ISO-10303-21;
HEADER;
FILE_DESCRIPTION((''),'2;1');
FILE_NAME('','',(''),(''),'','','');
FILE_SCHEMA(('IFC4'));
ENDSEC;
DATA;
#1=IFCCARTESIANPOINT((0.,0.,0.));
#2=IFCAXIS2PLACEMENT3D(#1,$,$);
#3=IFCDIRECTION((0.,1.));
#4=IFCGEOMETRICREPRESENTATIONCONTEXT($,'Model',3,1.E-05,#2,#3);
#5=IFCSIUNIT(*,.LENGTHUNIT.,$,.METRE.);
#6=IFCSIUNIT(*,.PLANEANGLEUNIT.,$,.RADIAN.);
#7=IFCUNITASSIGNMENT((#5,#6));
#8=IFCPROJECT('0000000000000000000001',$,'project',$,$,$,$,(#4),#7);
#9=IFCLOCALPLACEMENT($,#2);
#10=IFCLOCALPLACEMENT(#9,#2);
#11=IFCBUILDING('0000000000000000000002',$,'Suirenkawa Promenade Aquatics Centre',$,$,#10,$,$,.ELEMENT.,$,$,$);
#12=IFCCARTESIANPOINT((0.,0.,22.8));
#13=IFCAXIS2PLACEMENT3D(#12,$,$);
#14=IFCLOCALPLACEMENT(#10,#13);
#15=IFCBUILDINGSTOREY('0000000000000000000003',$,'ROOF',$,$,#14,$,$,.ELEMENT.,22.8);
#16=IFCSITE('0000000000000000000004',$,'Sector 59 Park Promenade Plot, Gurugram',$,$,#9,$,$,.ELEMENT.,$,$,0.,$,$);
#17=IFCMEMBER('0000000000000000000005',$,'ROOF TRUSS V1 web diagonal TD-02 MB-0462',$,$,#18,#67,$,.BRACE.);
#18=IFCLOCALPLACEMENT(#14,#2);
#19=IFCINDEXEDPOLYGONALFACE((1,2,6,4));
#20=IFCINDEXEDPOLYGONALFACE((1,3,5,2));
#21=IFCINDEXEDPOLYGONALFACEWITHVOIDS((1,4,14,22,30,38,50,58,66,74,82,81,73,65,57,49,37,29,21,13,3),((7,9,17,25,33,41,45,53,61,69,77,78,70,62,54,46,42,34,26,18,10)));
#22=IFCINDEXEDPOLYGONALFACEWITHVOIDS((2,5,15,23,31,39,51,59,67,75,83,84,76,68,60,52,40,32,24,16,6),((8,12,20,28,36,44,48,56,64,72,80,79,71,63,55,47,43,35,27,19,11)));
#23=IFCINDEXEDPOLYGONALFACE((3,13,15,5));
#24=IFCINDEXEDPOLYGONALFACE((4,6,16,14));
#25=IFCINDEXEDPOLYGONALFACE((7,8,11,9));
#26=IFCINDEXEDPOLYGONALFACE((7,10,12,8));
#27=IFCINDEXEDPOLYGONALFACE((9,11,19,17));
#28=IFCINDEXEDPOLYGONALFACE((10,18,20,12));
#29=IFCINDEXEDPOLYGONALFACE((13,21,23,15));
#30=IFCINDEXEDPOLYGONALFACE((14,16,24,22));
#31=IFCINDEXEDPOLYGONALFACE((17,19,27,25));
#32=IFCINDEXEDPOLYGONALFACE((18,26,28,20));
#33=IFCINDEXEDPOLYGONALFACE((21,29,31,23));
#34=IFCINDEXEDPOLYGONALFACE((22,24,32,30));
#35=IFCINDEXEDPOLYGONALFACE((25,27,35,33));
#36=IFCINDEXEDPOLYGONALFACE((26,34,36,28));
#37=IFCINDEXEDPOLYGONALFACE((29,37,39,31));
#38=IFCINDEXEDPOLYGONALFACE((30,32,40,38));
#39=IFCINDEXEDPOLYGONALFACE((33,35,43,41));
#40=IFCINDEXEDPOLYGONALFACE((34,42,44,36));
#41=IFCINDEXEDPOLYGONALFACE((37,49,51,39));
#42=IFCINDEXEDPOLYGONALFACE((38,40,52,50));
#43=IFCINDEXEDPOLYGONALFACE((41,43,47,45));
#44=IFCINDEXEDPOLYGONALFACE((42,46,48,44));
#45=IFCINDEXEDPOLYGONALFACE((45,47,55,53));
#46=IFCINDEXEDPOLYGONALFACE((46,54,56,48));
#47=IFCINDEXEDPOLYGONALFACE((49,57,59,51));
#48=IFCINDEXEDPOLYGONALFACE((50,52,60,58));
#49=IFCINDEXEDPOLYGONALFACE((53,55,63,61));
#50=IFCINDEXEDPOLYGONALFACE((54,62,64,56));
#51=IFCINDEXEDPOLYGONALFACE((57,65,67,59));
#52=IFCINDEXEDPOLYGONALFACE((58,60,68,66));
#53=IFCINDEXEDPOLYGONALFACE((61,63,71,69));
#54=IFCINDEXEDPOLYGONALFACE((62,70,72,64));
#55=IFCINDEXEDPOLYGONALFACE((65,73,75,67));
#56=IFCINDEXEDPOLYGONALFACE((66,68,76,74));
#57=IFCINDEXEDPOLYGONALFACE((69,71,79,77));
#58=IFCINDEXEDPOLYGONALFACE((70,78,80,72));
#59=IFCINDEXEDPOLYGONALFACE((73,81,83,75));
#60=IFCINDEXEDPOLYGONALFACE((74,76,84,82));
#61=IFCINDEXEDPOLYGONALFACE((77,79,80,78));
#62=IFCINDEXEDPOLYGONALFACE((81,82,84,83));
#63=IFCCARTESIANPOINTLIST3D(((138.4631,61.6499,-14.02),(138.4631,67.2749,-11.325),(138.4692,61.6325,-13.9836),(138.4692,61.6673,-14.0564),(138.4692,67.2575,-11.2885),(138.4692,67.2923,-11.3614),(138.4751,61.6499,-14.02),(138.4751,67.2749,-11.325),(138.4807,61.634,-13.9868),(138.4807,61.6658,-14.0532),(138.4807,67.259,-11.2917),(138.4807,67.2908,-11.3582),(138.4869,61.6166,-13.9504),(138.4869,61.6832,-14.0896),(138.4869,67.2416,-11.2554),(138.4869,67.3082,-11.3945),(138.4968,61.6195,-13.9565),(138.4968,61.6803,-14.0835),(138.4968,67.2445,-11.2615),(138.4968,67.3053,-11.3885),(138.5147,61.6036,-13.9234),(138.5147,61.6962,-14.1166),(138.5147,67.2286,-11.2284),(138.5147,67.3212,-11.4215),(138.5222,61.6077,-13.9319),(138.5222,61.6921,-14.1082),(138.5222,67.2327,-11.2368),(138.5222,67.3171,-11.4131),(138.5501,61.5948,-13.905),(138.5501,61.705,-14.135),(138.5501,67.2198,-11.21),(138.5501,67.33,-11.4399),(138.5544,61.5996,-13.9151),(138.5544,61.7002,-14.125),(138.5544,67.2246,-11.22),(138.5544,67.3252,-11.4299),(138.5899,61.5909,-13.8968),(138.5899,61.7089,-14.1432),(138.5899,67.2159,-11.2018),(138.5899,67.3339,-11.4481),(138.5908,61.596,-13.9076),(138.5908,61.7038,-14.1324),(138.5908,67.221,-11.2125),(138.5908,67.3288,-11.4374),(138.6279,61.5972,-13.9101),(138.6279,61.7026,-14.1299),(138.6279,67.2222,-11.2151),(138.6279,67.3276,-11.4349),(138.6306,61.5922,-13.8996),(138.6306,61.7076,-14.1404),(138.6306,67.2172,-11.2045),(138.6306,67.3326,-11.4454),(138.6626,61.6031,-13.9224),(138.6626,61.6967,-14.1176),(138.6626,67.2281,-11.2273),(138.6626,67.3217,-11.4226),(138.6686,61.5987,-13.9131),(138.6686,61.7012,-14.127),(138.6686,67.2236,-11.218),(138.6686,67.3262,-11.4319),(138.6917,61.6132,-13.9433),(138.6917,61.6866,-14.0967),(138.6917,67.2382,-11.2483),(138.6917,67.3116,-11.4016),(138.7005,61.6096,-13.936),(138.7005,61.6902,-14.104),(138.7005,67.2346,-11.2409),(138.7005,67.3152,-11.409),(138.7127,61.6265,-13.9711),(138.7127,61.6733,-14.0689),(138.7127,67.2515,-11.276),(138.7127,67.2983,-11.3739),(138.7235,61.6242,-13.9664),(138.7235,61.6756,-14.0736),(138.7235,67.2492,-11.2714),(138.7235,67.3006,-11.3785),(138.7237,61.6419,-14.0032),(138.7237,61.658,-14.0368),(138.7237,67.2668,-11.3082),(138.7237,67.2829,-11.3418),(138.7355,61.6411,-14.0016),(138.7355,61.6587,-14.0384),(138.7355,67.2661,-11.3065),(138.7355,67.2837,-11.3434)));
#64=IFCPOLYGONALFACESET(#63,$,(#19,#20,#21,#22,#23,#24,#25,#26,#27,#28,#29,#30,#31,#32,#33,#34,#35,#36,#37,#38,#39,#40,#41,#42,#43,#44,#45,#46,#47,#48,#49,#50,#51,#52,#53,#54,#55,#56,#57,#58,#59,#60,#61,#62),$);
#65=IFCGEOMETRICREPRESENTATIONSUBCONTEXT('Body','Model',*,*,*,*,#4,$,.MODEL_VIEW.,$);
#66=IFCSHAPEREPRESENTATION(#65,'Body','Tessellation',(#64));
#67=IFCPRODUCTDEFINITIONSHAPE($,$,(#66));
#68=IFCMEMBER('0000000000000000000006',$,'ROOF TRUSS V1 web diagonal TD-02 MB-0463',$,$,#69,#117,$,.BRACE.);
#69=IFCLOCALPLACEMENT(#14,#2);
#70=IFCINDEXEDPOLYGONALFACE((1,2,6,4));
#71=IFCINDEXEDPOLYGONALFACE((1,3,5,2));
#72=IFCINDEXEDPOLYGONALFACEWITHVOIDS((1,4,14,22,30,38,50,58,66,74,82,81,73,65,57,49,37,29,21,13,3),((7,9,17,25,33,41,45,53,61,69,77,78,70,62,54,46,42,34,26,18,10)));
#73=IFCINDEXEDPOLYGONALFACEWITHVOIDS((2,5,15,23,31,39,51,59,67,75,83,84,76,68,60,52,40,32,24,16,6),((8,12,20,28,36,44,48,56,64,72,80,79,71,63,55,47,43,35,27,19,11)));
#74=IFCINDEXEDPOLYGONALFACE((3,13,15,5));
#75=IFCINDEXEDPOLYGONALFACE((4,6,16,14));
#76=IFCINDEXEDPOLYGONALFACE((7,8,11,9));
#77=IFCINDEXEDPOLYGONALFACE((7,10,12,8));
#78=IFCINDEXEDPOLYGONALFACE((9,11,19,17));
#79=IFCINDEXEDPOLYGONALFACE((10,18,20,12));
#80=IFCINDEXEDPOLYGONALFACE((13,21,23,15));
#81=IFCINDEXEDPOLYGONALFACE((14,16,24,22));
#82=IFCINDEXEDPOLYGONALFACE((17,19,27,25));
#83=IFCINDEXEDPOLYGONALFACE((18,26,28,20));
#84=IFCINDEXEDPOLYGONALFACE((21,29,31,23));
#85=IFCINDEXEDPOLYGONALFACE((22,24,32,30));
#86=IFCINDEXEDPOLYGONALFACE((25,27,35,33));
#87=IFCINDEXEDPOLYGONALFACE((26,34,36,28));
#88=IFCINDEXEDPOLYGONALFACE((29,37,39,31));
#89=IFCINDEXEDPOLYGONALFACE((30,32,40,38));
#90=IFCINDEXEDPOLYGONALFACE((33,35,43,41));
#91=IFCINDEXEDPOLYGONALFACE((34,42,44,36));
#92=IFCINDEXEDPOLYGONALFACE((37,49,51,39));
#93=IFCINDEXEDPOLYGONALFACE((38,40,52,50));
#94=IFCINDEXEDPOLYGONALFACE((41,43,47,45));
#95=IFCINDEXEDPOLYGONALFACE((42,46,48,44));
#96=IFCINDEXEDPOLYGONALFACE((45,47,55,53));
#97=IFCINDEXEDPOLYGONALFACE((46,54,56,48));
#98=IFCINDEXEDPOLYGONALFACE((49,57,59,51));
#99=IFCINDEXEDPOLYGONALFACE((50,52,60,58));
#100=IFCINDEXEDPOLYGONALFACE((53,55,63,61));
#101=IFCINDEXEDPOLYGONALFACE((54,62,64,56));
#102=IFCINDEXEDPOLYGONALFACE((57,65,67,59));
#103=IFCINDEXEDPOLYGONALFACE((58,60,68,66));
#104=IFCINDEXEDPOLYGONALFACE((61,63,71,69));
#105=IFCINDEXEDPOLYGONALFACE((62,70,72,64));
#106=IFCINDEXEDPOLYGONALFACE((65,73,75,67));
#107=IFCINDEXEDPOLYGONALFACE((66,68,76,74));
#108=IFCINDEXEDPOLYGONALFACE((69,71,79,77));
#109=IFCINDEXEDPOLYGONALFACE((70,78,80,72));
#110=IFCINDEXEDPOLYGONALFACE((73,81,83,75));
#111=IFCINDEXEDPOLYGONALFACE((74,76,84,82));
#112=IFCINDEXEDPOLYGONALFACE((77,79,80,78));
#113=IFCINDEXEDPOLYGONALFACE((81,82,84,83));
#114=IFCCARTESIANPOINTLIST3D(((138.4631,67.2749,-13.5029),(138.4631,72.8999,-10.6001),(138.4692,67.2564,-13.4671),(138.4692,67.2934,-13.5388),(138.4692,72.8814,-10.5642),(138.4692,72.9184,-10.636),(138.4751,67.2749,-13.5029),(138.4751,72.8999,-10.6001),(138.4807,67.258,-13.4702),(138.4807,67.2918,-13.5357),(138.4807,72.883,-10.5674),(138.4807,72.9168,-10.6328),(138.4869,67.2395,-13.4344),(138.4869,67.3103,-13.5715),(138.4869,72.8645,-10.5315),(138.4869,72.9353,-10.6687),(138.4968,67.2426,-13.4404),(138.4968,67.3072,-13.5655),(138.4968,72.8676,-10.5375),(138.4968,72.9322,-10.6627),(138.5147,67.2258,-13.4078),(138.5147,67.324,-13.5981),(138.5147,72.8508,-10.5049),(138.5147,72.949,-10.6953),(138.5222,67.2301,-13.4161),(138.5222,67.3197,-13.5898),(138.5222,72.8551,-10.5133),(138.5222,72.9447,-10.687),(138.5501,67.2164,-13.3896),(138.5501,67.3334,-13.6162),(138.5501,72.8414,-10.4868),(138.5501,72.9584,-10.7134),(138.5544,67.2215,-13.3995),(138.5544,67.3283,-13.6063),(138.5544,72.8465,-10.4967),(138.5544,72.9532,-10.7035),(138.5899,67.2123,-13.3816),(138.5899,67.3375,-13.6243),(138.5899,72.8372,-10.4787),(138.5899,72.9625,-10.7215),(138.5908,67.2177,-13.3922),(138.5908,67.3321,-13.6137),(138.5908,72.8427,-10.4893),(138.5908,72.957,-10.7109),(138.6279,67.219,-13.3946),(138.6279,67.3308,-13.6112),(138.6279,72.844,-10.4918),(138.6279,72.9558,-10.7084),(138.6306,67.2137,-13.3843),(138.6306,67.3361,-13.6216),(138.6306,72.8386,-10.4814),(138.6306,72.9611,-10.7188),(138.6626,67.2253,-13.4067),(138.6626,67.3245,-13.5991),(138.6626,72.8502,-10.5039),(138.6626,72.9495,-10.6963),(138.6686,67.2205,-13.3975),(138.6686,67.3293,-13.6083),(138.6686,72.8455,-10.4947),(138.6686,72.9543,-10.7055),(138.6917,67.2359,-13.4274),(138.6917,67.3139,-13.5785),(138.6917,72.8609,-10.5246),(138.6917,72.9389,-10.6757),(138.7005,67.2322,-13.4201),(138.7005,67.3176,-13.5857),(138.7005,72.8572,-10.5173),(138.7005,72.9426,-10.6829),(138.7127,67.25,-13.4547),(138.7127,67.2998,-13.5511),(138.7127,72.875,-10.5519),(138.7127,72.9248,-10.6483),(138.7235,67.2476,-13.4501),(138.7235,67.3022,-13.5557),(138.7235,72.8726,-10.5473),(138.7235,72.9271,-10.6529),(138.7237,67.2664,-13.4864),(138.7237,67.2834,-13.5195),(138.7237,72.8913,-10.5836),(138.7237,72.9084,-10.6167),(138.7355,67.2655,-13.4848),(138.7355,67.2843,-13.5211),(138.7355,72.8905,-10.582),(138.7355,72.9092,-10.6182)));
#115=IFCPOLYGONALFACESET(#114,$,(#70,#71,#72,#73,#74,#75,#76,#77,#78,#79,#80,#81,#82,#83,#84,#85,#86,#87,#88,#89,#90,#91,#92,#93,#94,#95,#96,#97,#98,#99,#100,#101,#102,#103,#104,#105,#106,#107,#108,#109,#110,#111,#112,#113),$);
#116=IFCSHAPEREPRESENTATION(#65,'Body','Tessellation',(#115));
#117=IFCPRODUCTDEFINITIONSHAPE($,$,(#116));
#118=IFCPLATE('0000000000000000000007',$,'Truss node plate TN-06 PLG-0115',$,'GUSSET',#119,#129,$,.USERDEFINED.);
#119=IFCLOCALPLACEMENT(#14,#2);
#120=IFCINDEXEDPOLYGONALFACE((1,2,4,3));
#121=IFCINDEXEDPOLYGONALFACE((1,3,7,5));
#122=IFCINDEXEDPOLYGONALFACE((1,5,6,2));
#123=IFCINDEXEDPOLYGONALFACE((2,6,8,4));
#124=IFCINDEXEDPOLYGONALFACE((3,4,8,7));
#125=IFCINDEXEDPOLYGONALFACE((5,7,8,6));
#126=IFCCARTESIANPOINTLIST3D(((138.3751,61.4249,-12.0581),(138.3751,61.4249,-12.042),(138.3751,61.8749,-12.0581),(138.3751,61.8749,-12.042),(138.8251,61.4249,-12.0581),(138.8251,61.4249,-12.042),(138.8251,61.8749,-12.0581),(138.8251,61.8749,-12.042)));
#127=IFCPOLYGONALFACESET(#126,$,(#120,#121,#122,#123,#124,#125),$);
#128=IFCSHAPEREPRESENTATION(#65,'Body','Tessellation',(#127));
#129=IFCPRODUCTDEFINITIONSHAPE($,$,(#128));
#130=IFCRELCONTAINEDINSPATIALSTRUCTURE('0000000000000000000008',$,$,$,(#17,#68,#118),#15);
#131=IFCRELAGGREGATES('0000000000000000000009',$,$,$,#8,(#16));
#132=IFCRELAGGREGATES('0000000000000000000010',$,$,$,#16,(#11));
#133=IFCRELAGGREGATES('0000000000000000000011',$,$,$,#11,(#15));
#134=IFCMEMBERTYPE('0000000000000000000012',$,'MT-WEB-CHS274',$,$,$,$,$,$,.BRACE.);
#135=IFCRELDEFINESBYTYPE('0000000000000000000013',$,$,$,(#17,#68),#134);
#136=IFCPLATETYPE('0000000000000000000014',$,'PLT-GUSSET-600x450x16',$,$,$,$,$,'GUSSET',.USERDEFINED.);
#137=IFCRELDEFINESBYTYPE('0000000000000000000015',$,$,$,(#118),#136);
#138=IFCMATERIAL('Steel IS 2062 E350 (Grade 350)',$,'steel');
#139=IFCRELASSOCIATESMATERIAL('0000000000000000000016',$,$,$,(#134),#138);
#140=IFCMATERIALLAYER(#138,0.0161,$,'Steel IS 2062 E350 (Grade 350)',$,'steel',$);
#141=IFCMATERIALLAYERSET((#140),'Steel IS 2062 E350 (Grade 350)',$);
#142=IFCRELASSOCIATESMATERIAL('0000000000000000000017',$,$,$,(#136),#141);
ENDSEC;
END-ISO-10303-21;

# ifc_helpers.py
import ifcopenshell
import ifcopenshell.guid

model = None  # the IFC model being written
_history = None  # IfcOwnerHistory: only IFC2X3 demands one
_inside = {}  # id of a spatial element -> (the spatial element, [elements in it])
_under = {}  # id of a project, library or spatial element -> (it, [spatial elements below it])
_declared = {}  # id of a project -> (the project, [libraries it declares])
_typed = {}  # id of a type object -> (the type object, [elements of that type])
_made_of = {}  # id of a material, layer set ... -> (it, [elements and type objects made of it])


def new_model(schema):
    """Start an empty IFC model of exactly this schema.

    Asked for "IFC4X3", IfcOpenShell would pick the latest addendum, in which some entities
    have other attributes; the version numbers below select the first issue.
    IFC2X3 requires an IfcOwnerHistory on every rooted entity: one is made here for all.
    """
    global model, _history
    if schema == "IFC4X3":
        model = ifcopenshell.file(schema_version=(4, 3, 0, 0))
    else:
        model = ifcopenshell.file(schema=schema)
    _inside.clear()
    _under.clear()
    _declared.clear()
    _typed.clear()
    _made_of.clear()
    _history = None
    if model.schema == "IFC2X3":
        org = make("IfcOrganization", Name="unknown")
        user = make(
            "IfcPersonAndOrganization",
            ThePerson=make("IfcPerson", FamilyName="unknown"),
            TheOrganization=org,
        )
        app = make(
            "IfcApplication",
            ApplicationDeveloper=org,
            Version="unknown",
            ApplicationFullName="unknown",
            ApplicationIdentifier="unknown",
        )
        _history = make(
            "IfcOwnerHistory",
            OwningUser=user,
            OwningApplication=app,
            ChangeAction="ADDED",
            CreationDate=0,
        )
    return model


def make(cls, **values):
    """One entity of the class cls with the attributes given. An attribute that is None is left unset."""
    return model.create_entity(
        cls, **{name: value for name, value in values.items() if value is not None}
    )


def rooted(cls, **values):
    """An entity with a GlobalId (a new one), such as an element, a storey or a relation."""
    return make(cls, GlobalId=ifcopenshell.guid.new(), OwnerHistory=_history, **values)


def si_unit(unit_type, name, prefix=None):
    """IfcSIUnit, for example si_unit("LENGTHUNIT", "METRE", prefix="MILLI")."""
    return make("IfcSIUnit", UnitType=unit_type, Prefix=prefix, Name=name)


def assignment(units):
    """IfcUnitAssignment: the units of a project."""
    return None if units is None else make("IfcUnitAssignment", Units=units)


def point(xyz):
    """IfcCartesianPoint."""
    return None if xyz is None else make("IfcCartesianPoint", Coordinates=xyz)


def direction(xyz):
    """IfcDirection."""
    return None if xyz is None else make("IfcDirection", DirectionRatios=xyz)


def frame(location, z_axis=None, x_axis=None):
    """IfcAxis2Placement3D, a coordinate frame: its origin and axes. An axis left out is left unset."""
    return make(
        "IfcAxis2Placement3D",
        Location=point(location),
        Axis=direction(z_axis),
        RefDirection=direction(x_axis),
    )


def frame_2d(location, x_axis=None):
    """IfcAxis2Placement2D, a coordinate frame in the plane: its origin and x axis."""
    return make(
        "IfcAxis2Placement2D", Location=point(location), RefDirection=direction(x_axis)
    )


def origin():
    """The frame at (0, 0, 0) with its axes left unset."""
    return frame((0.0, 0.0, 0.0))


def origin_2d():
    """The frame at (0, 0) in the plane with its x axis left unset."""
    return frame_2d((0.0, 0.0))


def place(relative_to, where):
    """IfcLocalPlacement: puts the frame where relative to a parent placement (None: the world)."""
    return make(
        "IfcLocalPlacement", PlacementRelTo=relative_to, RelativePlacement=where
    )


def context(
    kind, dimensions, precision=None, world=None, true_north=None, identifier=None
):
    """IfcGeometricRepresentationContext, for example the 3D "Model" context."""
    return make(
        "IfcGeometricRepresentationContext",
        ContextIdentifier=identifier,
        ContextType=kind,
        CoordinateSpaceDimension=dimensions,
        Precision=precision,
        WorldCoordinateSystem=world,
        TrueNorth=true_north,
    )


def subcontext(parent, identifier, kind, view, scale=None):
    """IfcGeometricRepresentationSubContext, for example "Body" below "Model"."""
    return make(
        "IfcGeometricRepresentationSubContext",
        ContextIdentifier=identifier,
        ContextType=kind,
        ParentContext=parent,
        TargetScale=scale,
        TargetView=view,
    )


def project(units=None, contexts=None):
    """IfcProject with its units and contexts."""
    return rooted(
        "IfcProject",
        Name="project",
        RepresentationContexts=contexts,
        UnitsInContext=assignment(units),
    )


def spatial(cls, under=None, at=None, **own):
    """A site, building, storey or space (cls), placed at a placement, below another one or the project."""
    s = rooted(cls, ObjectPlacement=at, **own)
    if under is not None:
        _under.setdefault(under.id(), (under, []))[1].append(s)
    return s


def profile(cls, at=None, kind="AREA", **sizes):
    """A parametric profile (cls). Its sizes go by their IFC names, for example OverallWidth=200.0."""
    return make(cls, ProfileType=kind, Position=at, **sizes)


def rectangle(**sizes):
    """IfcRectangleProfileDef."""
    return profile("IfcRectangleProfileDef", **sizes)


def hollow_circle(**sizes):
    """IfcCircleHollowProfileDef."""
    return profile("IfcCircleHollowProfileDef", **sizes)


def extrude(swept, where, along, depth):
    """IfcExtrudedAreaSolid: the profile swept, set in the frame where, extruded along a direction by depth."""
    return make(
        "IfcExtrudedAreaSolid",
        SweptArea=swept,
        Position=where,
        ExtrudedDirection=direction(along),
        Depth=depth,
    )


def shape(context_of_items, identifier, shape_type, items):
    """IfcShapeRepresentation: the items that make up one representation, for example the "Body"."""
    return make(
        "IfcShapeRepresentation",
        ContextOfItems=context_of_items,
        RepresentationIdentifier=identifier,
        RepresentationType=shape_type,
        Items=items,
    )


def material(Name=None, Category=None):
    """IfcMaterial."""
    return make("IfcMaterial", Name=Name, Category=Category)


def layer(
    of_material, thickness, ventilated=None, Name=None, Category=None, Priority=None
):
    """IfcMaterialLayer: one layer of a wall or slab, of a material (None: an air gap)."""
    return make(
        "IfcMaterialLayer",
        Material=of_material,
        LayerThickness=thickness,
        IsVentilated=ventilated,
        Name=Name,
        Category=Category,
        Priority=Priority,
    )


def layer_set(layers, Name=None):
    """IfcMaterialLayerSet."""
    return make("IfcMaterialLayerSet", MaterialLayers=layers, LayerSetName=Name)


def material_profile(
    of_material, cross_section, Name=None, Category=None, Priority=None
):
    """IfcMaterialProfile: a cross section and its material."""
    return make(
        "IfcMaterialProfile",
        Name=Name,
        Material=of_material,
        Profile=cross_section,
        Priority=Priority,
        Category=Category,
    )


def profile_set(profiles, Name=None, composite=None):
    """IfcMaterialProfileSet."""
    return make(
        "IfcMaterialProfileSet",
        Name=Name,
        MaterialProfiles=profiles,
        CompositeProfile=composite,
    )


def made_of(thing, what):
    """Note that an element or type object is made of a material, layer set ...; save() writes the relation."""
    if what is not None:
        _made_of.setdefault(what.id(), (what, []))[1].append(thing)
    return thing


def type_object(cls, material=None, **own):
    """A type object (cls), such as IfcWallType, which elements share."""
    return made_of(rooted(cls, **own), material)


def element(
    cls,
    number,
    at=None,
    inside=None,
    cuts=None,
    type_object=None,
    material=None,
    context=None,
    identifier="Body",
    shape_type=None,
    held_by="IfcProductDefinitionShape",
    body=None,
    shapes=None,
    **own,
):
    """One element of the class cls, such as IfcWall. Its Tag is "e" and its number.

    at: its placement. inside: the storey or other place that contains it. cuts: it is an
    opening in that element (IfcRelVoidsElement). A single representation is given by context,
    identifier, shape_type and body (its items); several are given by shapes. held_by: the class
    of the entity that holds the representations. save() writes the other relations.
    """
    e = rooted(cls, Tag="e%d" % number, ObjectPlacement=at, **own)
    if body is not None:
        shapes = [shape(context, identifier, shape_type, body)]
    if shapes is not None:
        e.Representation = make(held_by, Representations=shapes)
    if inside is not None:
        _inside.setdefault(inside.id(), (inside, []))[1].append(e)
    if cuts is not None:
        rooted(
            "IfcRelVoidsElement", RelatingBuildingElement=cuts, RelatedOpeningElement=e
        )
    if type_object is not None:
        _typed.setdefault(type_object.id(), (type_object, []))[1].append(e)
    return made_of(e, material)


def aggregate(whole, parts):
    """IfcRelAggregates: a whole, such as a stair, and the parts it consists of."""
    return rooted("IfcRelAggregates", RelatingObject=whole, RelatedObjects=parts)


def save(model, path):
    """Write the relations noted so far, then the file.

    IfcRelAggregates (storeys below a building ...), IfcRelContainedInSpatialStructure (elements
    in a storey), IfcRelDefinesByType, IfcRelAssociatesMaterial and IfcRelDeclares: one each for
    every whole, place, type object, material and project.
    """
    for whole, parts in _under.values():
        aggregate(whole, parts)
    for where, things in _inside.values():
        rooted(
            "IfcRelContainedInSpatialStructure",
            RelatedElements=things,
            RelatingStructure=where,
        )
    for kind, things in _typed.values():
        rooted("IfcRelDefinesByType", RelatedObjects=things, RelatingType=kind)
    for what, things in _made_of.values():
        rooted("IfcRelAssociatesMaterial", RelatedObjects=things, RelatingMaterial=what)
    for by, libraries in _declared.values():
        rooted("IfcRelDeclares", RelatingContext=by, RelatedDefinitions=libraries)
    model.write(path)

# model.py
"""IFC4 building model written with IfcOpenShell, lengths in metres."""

from ifc_helpers import new_model, si_unit, direction, frame, origin, origin_2d, place, context, subcontext, project, spatial, rectangle, hollow_circle, extrude, material, layer, layer_set, material_profile, profile_set, type_object, element, save


model = new_model("IFC4")

# Units and contexts
model_context = context("Model", 3, precision=1e-05, world=origin(), true_north=direction((0.0, 1.0)))
body_context = subcontext(model_context, "Body", "Model", "MODEL_VIEW")
ifc_project = project(units=[si_unit("LENGTHUNIT", "METRE"), si_unit("PLANEANGLEUNIT", "RADIAN")], contexts=[model_context])

# Site, building, storey
site_placement = place(None, origin())
site = spatial("IfcSite", under=ifc_project, at=site_placement, Name="Sector 59 Park Promenade Plot, Gurugram", CompositionType="ELEMENT", RefElevation=0.0)
building_placement = place(site_placement, origin())
building = spatial("IfcBuilding", under=site, at=building_placement, Name="Suirenkawa Promenade Aquatics Centre", CompositionType="ELEMENT")
storey_placement = place(building_placement, frame((0.0, 0.0, 22.8)))
storey = spatial("IfcBuildingStorey", under=building, at=storey_placement, Name="ROOF", CompositionType="ELEMENT", Elevation=22.8)

# Shared definitions
ifc_material = material(Name="Steel IS 2062 E350 (Grade 350)", Category="steel")

# Members
ifc_material_profile_1 = material_profile(ifc_material, hollow_circle(Radius=0.137, WallThickness=0.012, at=origin_2d()), Name="CHS 274x12", Category="steel")
ifc_profile_set_1 = profile_set([ifc_material_profile_1], Name="Steel IS 2062 E350 (Grade 350)")
member_type_1 = type_object("IfcMemberType", Name="MT-WEB-CHS274", PredefinedType="BRACE", material=ifc_profile_set_1)
member_1_placement = place(storey_placement, frame((138.6001, 61.6499, -14.02), z_axis=(0.0, 0.901831, 0.432088), x_axis=(-1.0, 0.0, 0.0)))
element("IfcMember", 1, at=member_1_placement, inside=storey, type_object=member_type_1, Name="ROOF TRUSS V1 web diagonal TD-02 MB-0462", PredefinedType="BRACE", context=body_context, shape_type="SweptSolid", body=[
    extrude(hollow_circle(Radius=0.137, WallThickness=0.012, at=origin_2d()), origin(), (0.0, 0.0, 1.0), 6.2373),
])
member_2_placement = place(storey_placement, frame((138.6001, 67.2749, -13.5029), z_axis=(0.0, 0.888646, 0.458594), x_axis=(-1.0, 0.0, 0.0)))
element("IfcMember", 2, at=member_2_placement, inside=storey, type_object=member_type_1, Name="ROOF TRUSS V1 web diagonal TD-02 MB-0463", PredefinedType="BRACE", context=body_context, shape_type="SweptSolid", body=[
    extrude(hollow_circle(Radius=0.137, WallThickness=0.012, at=origin_2d()), origin(), (0.0, 0.0, 1.0), 6.3298),
])

# Plate
ifc_layer = layer(ifc_material, 0.0161, Name="Steel IS 2062 E350 (Grade 350)", Category="steel")
ifc_layer_set = layer_set([ifc_layer], Name="Steel IS 2062 E350 (Grade 350)")
plate_type = type_object("IfcPlateType", Name="PLT-GUSSET-600x450x16", ElementType="GUSSET", PredefinedType="USERDEFINED", material=ifc_layer_set)
plate_placement = place(storey_placement, frame((138.6001, 61.6499, -12.0581), z_axis=(0.0, 0.0, 1.0), x_axis=(1.0, 0.0, 0.0)))
element("IfcPlate", 3, at=plate_placement, inside=storey, type_object=plate_type, Name="Truss node plate TN-06 PLG-0115", ObjectType="GUSSET", PredefinedType="USERDEFINED", context=body_context, shape_type="SweptSolid", body=[
    extrude(rectangle(XDim=0.45, YDim=0.45, at=origin_2d()), origin(), (0.0, 0.0, 1.0), 0.0161),
])

save(model, "model.ifc")
